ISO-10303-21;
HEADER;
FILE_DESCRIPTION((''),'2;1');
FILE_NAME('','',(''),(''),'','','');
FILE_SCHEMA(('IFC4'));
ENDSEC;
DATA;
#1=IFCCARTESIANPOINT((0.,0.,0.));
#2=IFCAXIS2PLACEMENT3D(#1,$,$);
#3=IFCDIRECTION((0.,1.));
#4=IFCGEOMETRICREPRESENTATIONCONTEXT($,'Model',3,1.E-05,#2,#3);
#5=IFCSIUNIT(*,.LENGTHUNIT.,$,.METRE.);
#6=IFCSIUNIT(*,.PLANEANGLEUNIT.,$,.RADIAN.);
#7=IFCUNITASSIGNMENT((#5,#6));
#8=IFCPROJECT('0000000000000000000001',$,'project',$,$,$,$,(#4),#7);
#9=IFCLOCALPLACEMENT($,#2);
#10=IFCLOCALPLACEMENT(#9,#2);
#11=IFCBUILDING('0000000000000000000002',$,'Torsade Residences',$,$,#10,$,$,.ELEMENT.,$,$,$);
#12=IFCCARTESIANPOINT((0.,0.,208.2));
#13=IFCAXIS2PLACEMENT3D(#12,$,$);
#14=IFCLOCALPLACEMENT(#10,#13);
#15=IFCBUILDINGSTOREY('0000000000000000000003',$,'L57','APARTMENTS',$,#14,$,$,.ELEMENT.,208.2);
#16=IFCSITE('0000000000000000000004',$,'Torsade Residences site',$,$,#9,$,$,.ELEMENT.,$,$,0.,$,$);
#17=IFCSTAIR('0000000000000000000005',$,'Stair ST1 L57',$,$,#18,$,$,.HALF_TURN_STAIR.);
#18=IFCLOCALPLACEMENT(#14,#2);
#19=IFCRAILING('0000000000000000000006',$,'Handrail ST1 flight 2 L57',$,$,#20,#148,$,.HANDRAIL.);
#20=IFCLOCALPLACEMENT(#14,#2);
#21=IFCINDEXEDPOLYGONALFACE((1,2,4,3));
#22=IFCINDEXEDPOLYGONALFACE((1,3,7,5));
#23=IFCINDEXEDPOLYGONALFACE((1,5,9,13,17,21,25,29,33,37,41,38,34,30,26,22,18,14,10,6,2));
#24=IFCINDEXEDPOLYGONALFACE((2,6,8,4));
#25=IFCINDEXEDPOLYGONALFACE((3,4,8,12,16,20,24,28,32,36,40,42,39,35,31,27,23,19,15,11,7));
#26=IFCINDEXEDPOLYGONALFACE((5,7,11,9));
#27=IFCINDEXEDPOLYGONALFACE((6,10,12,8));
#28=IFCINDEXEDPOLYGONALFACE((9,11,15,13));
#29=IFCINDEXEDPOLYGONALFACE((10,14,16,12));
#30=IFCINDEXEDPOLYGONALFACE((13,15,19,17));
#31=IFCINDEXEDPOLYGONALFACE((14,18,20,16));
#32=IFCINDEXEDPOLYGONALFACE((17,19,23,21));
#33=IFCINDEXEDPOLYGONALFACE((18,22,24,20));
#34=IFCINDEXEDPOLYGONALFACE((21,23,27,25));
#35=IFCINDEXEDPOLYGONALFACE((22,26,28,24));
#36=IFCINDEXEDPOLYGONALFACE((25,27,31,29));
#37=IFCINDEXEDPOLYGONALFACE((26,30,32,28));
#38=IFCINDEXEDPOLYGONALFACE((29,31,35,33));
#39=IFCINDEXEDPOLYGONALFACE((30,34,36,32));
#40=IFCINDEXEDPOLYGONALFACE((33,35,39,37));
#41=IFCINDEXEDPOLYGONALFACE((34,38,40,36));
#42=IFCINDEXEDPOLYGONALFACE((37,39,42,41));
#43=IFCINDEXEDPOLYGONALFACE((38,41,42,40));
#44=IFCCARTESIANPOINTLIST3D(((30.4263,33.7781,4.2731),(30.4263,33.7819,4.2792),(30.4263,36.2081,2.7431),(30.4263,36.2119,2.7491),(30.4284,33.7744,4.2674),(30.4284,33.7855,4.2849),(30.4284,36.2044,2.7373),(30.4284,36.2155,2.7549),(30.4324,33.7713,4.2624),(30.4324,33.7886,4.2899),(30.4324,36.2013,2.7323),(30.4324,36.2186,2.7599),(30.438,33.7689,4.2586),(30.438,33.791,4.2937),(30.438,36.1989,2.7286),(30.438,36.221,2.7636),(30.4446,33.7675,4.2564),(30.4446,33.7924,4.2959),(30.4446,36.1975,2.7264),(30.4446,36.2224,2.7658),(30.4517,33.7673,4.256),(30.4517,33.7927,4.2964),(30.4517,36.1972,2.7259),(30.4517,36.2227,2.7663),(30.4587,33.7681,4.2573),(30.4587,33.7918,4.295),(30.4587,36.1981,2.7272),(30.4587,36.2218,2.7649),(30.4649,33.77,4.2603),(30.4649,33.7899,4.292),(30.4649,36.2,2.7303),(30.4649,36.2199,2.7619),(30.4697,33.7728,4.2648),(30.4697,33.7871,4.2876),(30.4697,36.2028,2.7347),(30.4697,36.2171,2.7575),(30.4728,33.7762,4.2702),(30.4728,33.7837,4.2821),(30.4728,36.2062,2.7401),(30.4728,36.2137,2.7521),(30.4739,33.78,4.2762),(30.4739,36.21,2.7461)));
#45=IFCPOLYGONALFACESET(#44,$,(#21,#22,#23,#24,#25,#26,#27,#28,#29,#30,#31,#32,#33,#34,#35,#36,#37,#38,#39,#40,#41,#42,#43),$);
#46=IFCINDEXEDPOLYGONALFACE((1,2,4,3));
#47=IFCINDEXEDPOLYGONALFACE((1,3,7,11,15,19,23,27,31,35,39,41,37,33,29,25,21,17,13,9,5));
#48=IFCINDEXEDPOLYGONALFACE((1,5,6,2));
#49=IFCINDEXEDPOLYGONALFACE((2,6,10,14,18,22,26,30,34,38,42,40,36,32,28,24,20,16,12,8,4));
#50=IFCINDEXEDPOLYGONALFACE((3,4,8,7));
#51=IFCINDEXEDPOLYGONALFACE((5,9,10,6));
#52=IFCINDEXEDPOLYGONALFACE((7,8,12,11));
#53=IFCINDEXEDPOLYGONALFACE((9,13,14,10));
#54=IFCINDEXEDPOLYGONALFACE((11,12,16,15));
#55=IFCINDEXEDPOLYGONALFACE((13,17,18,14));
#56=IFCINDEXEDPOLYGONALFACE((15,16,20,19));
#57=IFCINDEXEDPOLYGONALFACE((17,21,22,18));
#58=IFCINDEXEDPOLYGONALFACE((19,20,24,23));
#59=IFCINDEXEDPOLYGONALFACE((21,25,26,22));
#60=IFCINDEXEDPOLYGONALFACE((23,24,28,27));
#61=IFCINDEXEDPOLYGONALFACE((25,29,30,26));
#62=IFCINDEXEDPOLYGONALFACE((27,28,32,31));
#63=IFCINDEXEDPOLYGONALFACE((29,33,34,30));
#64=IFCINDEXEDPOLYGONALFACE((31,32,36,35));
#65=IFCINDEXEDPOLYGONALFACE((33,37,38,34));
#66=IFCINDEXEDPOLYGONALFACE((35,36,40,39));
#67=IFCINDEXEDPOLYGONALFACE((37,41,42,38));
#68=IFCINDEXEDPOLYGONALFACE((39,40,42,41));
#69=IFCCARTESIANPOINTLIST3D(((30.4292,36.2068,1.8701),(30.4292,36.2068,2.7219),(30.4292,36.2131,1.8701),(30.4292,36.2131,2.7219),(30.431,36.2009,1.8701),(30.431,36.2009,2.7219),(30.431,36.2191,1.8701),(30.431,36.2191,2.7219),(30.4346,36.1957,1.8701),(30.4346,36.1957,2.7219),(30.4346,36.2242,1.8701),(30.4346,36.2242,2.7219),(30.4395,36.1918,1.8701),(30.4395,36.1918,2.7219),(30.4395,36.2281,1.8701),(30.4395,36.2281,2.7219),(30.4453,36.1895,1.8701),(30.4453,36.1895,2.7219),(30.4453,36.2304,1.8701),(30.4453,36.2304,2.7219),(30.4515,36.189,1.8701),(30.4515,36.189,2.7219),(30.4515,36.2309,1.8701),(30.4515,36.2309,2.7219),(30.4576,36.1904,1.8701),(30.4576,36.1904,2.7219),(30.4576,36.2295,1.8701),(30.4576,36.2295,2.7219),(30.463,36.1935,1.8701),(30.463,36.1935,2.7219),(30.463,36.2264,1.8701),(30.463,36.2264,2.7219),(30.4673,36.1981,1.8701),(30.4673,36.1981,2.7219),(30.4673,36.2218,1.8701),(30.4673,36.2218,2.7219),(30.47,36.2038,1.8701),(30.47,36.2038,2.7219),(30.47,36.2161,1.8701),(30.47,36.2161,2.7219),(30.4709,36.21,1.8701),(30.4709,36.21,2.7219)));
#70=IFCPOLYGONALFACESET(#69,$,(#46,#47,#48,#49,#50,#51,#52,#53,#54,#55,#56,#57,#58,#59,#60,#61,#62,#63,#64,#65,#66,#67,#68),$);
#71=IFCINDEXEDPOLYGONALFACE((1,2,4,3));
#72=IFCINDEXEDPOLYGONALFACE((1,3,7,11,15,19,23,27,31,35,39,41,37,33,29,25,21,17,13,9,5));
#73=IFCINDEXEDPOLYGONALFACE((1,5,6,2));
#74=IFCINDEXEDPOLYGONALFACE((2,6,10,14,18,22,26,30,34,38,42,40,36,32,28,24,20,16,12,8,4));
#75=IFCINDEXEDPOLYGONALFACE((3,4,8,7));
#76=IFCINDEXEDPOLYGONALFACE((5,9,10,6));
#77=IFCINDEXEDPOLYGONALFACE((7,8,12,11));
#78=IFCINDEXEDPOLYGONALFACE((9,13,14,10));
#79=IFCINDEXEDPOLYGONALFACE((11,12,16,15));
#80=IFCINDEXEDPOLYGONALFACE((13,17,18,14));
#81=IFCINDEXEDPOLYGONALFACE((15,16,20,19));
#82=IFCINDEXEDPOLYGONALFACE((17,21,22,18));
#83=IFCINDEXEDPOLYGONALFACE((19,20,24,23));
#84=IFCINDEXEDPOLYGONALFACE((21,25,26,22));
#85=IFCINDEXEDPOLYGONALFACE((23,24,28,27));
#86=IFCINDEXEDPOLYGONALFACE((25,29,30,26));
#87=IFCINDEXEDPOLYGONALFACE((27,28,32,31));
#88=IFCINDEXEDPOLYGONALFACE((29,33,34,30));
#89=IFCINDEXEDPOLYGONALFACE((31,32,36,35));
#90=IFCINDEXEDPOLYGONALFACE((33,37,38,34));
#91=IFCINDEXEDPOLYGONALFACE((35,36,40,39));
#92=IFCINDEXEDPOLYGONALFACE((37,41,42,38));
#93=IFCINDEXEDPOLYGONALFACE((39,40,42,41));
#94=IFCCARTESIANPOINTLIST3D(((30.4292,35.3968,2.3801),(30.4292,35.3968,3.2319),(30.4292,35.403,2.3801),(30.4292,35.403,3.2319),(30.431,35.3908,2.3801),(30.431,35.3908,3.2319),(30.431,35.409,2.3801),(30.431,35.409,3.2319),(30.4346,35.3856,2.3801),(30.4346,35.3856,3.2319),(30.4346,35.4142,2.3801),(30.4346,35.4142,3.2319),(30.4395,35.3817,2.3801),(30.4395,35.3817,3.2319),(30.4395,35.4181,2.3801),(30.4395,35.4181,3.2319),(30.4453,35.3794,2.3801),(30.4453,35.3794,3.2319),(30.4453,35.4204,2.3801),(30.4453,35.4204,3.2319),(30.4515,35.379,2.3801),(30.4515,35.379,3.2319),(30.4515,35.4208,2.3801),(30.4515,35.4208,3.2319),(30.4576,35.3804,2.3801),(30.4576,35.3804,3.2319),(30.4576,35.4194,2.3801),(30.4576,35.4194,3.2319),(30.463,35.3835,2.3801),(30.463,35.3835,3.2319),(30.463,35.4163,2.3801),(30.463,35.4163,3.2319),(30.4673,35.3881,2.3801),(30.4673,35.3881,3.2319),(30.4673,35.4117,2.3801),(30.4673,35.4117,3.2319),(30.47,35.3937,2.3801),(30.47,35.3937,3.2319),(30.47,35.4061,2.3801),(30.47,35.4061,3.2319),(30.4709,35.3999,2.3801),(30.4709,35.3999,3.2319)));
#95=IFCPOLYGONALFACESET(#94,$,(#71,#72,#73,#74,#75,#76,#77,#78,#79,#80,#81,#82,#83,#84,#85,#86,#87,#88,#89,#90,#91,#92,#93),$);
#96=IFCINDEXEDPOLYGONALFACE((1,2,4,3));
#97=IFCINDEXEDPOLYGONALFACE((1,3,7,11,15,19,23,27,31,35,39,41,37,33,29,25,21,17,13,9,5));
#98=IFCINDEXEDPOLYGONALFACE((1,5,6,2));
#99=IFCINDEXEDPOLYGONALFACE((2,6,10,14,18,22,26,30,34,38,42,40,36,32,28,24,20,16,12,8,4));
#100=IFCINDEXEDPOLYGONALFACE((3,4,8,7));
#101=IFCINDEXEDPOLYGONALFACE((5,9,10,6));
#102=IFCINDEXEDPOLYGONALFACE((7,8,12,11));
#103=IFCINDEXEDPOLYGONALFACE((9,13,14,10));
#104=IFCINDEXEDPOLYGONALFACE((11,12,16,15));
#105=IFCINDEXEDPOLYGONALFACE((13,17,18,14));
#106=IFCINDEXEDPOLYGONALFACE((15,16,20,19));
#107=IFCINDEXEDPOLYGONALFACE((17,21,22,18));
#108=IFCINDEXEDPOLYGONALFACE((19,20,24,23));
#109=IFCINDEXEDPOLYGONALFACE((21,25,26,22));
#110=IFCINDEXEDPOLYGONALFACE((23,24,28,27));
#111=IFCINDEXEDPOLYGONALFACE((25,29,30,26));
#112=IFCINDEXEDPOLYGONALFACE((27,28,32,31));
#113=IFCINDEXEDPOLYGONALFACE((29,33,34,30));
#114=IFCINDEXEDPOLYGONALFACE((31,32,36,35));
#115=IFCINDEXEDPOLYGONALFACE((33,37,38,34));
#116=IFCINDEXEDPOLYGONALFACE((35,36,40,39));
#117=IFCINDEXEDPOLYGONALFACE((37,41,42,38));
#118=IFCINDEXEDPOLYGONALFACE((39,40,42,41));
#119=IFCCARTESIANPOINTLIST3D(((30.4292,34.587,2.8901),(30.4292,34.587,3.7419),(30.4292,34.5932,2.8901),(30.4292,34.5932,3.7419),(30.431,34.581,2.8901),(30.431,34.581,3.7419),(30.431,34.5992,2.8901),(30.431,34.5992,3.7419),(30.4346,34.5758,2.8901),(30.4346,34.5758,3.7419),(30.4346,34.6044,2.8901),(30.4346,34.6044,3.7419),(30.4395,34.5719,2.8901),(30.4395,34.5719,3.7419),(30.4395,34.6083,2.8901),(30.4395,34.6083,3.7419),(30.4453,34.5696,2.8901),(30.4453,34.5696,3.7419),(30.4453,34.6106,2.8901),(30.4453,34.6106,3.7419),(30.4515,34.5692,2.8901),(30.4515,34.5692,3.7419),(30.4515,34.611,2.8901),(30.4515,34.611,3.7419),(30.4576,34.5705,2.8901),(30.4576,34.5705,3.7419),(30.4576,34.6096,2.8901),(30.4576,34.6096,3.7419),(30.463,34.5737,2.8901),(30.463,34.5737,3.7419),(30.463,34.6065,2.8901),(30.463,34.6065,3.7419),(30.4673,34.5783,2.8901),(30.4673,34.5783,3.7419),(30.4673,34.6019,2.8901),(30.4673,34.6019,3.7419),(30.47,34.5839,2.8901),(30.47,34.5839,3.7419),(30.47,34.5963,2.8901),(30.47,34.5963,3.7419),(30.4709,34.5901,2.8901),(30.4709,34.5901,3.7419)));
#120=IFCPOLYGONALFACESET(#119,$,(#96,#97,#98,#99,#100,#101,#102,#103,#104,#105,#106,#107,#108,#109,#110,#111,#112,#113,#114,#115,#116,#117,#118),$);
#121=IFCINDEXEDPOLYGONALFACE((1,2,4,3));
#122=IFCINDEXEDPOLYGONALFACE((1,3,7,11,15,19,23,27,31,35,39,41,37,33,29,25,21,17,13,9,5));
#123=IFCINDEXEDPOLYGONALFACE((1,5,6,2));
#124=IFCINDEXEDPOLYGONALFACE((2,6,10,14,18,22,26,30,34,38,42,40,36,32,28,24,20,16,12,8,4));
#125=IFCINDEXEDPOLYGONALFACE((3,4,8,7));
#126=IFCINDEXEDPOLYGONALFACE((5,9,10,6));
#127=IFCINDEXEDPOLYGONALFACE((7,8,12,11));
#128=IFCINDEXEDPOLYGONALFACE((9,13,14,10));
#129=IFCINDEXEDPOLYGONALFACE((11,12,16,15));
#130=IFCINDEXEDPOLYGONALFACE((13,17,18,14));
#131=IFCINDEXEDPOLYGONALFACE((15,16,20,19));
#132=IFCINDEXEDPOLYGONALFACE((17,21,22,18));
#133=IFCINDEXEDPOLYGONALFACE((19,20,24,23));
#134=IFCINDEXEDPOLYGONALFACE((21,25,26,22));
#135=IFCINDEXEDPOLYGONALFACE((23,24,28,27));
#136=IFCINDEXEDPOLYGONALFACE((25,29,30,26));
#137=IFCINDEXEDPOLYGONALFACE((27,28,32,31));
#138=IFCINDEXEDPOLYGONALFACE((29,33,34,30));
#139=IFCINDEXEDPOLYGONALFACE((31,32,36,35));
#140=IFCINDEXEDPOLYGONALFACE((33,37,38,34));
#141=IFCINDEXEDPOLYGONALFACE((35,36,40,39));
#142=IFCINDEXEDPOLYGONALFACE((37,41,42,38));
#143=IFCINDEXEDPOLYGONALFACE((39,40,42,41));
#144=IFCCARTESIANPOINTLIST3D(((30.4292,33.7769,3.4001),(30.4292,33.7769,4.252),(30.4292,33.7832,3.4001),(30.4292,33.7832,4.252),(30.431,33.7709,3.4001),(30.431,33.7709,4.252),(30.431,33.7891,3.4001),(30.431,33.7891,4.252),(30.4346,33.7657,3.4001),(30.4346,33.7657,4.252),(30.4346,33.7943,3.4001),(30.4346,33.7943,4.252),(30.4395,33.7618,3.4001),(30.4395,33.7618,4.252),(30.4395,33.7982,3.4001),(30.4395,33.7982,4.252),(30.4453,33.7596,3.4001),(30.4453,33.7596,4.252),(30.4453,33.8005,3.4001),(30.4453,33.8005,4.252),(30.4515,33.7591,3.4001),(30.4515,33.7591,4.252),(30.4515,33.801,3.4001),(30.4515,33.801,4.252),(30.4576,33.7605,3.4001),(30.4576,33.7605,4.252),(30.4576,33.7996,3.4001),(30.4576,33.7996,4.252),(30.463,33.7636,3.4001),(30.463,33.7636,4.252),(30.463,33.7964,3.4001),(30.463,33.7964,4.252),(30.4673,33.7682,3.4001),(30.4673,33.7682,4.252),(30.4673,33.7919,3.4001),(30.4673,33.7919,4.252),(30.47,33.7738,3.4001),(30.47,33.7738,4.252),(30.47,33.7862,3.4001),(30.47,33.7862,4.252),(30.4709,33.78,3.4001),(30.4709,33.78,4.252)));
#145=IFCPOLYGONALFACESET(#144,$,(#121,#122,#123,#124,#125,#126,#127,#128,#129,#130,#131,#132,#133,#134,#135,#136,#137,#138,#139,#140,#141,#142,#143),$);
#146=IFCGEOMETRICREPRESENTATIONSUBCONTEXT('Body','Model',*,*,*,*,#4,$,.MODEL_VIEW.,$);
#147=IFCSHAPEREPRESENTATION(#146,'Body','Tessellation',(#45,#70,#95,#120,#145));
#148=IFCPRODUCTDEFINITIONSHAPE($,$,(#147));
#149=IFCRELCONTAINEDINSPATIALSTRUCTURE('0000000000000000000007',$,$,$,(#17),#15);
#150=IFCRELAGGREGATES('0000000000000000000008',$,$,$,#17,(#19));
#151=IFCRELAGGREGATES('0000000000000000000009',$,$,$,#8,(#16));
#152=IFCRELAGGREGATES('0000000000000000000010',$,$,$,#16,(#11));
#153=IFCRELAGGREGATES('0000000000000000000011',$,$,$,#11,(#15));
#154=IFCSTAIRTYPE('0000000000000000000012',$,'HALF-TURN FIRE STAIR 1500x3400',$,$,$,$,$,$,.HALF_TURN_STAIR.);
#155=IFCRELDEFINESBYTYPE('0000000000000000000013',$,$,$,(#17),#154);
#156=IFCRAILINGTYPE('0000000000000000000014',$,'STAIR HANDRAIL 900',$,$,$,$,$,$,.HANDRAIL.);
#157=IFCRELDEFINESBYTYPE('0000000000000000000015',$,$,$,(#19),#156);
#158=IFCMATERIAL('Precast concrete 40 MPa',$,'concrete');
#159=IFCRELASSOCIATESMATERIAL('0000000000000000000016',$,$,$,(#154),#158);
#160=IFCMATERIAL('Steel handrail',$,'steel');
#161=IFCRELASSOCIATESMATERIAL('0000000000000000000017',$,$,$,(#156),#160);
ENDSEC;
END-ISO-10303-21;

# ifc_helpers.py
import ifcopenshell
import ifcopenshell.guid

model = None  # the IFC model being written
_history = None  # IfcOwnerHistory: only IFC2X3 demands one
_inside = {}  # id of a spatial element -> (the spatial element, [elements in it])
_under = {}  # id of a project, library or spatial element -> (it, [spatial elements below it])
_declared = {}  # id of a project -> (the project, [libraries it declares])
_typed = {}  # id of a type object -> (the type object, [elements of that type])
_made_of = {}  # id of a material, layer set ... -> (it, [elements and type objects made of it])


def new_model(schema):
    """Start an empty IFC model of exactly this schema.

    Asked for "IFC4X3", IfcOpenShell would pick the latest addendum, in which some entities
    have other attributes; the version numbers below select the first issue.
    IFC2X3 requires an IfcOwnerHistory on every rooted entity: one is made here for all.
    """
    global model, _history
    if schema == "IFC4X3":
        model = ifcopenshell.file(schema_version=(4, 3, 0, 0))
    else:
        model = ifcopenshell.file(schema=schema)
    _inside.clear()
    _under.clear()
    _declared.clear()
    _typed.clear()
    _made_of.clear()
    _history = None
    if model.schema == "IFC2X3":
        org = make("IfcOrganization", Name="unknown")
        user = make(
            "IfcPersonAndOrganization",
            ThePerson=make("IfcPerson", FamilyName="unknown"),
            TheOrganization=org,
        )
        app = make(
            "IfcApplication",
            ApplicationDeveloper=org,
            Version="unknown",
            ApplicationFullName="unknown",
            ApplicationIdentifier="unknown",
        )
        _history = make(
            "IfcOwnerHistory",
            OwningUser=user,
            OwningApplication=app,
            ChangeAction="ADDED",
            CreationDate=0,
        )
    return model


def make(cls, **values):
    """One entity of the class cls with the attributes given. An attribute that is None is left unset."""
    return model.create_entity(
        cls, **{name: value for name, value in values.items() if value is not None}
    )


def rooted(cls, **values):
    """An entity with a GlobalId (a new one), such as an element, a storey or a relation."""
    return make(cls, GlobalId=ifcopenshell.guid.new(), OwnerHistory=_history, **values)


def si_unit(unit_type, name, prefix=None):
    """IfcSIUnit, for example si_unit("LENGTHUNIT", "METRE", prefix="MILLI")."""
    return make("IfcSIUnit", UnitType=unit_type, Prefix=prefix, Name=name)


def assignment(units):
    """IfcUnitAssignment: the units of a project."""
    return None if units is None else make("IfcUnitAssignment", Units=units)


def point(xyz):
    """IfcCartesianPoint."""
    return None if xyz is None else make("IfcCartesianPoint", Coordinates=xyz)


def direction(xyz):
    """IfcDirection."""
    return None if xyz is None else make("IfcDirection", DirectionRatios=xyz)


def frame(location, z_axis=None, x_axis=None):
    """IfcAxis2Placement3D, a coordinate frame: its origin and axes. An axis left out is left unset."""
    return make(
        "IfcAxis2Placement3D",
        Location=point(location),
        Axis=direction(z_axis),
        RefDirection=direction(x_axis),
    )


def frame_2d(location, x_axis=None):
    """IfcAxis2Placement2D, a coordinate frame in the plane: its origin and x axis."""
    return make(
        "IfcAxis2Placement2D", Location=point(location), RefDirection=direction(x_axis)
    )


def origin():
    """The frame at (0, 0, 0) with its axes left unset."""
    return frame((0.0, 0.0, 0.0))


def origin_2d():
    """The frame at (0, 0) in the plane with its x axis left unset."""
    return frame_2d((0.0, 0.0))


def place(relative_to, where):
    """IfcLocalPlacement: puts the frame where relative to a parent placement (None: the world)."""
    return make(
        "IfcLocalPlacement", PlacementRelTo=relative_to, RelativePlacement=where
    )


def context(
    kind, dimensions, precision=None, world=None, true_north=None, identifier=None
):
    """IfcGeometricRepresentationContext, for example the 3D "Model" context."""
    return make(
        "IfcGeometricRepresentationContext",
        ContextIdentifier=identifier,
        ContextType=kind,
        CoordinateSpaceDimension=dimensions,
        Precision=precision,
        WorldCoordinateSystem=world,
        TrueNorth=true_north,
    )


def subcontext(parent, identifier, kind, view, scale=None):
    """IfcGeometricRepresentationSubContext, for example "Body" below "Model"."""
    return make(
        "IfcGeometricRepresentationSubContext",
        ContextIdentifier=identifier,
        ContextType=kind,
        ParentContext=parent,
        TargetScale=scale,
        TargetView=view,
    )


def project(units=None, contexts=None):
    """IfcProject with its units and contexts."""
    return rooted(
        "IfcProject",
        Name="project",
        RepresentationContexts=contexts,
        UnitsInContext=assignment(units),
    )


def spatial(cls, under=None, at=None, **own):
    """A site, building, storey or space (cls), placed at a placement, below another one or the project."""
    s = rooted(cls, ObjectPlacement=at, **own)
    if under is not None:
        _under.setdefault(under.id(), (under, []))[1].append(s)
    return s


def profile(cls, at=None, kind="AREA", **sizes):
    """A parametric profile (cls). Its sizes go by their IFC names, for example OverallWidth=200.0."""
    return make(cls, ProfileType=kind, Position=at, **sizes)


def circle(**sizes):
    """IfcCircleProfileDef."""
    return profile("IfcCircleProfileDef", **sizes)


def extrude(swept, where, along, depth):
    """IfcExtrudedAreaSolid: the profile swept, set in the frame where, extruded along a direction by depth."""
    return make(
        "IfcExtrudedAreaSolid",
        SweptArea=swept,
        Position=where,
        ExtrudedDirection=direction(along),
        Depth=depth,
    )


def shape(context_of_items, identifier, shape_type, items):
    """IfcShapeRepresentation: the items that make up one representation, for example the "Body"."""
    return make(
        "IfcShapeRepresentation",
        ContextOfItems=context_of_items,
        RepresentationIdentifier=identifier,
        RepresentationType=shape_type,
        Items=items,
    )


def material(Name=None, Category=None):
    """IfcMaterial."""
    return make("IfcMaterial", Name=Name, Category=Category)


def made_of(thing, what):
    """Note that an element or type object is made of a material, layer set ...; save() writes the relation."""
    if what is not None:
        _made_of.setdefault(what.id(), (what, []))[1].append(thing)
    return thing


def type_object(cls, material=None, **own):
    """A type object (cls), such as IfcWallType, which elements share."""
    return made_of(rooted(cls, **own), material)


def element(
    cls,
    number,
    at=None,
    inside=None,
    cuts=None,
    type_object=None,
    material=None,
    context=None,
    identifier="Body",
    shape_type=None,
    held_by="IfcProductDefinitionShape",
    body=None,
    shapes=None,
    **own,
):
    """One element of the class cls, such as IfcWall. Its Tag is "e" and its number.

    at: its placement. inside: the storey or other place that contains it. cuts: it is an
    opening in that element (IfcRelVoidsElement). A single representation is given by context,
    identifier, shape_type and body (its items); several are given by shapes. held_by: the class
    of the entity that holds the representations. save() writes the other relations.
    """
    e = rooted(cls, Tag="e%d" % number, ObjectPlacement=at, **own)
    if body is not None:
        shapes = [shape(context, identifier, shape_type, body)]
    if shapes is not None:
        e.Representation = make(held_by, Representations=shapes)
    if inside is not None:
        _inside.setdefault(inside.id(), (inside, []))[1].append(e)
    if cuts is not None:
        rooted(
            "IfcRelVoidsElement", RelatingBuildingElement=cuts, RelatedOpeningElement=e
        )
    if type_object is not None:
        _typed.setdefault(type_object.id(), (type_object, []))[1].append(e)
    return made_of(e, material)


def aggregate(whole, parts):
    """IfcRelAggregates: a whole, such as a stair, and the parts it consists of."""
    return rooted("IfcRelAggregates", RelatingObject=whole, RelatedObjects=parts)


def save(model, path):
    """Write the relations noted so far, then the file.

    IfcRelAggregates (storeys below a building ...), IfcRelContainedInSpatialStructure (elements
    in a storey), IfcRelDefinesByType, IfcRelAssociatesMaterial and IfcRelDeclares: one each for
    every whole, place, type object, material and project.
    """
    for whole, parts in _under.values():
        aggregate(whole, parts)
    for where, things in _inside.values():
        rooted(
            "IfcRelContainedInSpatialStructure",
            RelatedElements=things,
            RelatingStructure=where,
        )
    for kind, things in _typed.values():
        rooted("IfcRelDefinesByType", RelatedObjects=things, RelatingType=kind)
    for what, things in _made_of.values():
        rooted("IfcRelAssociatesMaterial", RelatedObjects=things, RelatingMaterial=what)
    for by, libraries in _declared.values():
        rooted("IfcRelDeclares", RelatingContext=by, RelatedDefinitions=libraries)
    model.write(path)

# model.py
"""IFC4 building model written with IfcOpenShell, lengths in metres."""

from ifc_helpers import new_model, si_unit, direction, frame, origin, origin_2d, place, context, subcontext, project, spatial, circle, extrude, material, type_object, element, aggregate, save


model = new_model("IFC4")

# Units and contexts
model_context = context("Model", 3, precision=1e-05, world=origin(), true_north=direction((0.0, 1.0)))
body_context = subcontext(model_context, "Body", "Model", "MODEL_VIEW")
ifc_project = project(units=[si_unit("LENGTHUNIT", "METRE"), si_unit("PLANEANGLEUNIT", "RADIAN")], contexts=[model_context])

# Site, building, storey
site_placement = place(None, origin())
site = spatial("IfcSite", under=ifc_project, at=site_placement, Name="Torsade Residences site", CompositionType="ELEMENT", RefElevation=0.0)
building_placement = place(site_placement, origin())
building = spatial("IfcBuilding", under=site, at=building_placement, Name="Torsade Residences", CompositionType="ELEMENT")
storey_placement = place(building_placement, frame((0.0, 0.0, 208.2)))
storey = spatial("IfcBuildingStorey", under=building, at=storey_placement, Name="L57", Description="APARTMENTS", CompositionType="ELEMENT", Elevation=208.2)

# Stair, railing
ifc_material_1 = material(Name="Precast concrete 40 MPa", Category="concrete")
stair_type = type_object("IfcStairType", Name="HALF-TURN FIRE STAIR 1500x3400", PredefinedType="HALF_TURN_STAIR", material=ifc_material_1)
stair_placement = place(storey_placement, origin())
stair = element("IfcStair", 1, at=stair_placement, inside=storey, type_object=stair_type, Name="Stair ST1 L57", PredefinedType="HALF_TURN_STAIR")
ifc_material_2 = material(Name="Steel handrail", Category="steel")
railing_type = type_object("IfcRailingType", Name="STAIR HANDRAIL 900", PredefinedType="HANDRAIL", material=ifc_material_2)
railing_1_placement = place(storey_placement, frame((30.45, 36.21, 1.8701)))
railing_1 = element("IfcRailing", 2, at=railing_1_placement, type_object=railing_type, Name="Handrail ST1 flight 2 L57", PredefinedType="HANDRAIL", context=body_context, shape_type="SweptSolid", body=[
    extrude(circle(Radius=0.0239, at=origin_2d()), frame((0.0, 0.0, 0.876), z_axis=(0.0, -0.846221, 0.532831), x_axis=(1.0, 0.0, 0.0)), (0.0, 0.0, 1.0), 2.8716),
    extrude(circle(Radius=0.021, at=origin_2d()), origin(), (0.0, 0.0, 1.0), 0.8518),
    extrude(circle(Radius=0.021, at=origin_2d()), frame((0.0, -0.8101, 0.51)), (0.0, 0.0, 1.0), 0.8518),
    extrude(circle(Radius=0.021, at=origin_2d()), frame((0.0, -1.6199, 1.02)), (0.0, 0.0, 1.0), 0.8518),
    extrude(circle(Radius=0.021, at=origin_2d()), frame((0.0, -2.4299, 1.53)), (0.0, 0.0, 1.0), 0.8518),
])
aggregate(stair, [railing_1])

save(model, "model.ifc")
